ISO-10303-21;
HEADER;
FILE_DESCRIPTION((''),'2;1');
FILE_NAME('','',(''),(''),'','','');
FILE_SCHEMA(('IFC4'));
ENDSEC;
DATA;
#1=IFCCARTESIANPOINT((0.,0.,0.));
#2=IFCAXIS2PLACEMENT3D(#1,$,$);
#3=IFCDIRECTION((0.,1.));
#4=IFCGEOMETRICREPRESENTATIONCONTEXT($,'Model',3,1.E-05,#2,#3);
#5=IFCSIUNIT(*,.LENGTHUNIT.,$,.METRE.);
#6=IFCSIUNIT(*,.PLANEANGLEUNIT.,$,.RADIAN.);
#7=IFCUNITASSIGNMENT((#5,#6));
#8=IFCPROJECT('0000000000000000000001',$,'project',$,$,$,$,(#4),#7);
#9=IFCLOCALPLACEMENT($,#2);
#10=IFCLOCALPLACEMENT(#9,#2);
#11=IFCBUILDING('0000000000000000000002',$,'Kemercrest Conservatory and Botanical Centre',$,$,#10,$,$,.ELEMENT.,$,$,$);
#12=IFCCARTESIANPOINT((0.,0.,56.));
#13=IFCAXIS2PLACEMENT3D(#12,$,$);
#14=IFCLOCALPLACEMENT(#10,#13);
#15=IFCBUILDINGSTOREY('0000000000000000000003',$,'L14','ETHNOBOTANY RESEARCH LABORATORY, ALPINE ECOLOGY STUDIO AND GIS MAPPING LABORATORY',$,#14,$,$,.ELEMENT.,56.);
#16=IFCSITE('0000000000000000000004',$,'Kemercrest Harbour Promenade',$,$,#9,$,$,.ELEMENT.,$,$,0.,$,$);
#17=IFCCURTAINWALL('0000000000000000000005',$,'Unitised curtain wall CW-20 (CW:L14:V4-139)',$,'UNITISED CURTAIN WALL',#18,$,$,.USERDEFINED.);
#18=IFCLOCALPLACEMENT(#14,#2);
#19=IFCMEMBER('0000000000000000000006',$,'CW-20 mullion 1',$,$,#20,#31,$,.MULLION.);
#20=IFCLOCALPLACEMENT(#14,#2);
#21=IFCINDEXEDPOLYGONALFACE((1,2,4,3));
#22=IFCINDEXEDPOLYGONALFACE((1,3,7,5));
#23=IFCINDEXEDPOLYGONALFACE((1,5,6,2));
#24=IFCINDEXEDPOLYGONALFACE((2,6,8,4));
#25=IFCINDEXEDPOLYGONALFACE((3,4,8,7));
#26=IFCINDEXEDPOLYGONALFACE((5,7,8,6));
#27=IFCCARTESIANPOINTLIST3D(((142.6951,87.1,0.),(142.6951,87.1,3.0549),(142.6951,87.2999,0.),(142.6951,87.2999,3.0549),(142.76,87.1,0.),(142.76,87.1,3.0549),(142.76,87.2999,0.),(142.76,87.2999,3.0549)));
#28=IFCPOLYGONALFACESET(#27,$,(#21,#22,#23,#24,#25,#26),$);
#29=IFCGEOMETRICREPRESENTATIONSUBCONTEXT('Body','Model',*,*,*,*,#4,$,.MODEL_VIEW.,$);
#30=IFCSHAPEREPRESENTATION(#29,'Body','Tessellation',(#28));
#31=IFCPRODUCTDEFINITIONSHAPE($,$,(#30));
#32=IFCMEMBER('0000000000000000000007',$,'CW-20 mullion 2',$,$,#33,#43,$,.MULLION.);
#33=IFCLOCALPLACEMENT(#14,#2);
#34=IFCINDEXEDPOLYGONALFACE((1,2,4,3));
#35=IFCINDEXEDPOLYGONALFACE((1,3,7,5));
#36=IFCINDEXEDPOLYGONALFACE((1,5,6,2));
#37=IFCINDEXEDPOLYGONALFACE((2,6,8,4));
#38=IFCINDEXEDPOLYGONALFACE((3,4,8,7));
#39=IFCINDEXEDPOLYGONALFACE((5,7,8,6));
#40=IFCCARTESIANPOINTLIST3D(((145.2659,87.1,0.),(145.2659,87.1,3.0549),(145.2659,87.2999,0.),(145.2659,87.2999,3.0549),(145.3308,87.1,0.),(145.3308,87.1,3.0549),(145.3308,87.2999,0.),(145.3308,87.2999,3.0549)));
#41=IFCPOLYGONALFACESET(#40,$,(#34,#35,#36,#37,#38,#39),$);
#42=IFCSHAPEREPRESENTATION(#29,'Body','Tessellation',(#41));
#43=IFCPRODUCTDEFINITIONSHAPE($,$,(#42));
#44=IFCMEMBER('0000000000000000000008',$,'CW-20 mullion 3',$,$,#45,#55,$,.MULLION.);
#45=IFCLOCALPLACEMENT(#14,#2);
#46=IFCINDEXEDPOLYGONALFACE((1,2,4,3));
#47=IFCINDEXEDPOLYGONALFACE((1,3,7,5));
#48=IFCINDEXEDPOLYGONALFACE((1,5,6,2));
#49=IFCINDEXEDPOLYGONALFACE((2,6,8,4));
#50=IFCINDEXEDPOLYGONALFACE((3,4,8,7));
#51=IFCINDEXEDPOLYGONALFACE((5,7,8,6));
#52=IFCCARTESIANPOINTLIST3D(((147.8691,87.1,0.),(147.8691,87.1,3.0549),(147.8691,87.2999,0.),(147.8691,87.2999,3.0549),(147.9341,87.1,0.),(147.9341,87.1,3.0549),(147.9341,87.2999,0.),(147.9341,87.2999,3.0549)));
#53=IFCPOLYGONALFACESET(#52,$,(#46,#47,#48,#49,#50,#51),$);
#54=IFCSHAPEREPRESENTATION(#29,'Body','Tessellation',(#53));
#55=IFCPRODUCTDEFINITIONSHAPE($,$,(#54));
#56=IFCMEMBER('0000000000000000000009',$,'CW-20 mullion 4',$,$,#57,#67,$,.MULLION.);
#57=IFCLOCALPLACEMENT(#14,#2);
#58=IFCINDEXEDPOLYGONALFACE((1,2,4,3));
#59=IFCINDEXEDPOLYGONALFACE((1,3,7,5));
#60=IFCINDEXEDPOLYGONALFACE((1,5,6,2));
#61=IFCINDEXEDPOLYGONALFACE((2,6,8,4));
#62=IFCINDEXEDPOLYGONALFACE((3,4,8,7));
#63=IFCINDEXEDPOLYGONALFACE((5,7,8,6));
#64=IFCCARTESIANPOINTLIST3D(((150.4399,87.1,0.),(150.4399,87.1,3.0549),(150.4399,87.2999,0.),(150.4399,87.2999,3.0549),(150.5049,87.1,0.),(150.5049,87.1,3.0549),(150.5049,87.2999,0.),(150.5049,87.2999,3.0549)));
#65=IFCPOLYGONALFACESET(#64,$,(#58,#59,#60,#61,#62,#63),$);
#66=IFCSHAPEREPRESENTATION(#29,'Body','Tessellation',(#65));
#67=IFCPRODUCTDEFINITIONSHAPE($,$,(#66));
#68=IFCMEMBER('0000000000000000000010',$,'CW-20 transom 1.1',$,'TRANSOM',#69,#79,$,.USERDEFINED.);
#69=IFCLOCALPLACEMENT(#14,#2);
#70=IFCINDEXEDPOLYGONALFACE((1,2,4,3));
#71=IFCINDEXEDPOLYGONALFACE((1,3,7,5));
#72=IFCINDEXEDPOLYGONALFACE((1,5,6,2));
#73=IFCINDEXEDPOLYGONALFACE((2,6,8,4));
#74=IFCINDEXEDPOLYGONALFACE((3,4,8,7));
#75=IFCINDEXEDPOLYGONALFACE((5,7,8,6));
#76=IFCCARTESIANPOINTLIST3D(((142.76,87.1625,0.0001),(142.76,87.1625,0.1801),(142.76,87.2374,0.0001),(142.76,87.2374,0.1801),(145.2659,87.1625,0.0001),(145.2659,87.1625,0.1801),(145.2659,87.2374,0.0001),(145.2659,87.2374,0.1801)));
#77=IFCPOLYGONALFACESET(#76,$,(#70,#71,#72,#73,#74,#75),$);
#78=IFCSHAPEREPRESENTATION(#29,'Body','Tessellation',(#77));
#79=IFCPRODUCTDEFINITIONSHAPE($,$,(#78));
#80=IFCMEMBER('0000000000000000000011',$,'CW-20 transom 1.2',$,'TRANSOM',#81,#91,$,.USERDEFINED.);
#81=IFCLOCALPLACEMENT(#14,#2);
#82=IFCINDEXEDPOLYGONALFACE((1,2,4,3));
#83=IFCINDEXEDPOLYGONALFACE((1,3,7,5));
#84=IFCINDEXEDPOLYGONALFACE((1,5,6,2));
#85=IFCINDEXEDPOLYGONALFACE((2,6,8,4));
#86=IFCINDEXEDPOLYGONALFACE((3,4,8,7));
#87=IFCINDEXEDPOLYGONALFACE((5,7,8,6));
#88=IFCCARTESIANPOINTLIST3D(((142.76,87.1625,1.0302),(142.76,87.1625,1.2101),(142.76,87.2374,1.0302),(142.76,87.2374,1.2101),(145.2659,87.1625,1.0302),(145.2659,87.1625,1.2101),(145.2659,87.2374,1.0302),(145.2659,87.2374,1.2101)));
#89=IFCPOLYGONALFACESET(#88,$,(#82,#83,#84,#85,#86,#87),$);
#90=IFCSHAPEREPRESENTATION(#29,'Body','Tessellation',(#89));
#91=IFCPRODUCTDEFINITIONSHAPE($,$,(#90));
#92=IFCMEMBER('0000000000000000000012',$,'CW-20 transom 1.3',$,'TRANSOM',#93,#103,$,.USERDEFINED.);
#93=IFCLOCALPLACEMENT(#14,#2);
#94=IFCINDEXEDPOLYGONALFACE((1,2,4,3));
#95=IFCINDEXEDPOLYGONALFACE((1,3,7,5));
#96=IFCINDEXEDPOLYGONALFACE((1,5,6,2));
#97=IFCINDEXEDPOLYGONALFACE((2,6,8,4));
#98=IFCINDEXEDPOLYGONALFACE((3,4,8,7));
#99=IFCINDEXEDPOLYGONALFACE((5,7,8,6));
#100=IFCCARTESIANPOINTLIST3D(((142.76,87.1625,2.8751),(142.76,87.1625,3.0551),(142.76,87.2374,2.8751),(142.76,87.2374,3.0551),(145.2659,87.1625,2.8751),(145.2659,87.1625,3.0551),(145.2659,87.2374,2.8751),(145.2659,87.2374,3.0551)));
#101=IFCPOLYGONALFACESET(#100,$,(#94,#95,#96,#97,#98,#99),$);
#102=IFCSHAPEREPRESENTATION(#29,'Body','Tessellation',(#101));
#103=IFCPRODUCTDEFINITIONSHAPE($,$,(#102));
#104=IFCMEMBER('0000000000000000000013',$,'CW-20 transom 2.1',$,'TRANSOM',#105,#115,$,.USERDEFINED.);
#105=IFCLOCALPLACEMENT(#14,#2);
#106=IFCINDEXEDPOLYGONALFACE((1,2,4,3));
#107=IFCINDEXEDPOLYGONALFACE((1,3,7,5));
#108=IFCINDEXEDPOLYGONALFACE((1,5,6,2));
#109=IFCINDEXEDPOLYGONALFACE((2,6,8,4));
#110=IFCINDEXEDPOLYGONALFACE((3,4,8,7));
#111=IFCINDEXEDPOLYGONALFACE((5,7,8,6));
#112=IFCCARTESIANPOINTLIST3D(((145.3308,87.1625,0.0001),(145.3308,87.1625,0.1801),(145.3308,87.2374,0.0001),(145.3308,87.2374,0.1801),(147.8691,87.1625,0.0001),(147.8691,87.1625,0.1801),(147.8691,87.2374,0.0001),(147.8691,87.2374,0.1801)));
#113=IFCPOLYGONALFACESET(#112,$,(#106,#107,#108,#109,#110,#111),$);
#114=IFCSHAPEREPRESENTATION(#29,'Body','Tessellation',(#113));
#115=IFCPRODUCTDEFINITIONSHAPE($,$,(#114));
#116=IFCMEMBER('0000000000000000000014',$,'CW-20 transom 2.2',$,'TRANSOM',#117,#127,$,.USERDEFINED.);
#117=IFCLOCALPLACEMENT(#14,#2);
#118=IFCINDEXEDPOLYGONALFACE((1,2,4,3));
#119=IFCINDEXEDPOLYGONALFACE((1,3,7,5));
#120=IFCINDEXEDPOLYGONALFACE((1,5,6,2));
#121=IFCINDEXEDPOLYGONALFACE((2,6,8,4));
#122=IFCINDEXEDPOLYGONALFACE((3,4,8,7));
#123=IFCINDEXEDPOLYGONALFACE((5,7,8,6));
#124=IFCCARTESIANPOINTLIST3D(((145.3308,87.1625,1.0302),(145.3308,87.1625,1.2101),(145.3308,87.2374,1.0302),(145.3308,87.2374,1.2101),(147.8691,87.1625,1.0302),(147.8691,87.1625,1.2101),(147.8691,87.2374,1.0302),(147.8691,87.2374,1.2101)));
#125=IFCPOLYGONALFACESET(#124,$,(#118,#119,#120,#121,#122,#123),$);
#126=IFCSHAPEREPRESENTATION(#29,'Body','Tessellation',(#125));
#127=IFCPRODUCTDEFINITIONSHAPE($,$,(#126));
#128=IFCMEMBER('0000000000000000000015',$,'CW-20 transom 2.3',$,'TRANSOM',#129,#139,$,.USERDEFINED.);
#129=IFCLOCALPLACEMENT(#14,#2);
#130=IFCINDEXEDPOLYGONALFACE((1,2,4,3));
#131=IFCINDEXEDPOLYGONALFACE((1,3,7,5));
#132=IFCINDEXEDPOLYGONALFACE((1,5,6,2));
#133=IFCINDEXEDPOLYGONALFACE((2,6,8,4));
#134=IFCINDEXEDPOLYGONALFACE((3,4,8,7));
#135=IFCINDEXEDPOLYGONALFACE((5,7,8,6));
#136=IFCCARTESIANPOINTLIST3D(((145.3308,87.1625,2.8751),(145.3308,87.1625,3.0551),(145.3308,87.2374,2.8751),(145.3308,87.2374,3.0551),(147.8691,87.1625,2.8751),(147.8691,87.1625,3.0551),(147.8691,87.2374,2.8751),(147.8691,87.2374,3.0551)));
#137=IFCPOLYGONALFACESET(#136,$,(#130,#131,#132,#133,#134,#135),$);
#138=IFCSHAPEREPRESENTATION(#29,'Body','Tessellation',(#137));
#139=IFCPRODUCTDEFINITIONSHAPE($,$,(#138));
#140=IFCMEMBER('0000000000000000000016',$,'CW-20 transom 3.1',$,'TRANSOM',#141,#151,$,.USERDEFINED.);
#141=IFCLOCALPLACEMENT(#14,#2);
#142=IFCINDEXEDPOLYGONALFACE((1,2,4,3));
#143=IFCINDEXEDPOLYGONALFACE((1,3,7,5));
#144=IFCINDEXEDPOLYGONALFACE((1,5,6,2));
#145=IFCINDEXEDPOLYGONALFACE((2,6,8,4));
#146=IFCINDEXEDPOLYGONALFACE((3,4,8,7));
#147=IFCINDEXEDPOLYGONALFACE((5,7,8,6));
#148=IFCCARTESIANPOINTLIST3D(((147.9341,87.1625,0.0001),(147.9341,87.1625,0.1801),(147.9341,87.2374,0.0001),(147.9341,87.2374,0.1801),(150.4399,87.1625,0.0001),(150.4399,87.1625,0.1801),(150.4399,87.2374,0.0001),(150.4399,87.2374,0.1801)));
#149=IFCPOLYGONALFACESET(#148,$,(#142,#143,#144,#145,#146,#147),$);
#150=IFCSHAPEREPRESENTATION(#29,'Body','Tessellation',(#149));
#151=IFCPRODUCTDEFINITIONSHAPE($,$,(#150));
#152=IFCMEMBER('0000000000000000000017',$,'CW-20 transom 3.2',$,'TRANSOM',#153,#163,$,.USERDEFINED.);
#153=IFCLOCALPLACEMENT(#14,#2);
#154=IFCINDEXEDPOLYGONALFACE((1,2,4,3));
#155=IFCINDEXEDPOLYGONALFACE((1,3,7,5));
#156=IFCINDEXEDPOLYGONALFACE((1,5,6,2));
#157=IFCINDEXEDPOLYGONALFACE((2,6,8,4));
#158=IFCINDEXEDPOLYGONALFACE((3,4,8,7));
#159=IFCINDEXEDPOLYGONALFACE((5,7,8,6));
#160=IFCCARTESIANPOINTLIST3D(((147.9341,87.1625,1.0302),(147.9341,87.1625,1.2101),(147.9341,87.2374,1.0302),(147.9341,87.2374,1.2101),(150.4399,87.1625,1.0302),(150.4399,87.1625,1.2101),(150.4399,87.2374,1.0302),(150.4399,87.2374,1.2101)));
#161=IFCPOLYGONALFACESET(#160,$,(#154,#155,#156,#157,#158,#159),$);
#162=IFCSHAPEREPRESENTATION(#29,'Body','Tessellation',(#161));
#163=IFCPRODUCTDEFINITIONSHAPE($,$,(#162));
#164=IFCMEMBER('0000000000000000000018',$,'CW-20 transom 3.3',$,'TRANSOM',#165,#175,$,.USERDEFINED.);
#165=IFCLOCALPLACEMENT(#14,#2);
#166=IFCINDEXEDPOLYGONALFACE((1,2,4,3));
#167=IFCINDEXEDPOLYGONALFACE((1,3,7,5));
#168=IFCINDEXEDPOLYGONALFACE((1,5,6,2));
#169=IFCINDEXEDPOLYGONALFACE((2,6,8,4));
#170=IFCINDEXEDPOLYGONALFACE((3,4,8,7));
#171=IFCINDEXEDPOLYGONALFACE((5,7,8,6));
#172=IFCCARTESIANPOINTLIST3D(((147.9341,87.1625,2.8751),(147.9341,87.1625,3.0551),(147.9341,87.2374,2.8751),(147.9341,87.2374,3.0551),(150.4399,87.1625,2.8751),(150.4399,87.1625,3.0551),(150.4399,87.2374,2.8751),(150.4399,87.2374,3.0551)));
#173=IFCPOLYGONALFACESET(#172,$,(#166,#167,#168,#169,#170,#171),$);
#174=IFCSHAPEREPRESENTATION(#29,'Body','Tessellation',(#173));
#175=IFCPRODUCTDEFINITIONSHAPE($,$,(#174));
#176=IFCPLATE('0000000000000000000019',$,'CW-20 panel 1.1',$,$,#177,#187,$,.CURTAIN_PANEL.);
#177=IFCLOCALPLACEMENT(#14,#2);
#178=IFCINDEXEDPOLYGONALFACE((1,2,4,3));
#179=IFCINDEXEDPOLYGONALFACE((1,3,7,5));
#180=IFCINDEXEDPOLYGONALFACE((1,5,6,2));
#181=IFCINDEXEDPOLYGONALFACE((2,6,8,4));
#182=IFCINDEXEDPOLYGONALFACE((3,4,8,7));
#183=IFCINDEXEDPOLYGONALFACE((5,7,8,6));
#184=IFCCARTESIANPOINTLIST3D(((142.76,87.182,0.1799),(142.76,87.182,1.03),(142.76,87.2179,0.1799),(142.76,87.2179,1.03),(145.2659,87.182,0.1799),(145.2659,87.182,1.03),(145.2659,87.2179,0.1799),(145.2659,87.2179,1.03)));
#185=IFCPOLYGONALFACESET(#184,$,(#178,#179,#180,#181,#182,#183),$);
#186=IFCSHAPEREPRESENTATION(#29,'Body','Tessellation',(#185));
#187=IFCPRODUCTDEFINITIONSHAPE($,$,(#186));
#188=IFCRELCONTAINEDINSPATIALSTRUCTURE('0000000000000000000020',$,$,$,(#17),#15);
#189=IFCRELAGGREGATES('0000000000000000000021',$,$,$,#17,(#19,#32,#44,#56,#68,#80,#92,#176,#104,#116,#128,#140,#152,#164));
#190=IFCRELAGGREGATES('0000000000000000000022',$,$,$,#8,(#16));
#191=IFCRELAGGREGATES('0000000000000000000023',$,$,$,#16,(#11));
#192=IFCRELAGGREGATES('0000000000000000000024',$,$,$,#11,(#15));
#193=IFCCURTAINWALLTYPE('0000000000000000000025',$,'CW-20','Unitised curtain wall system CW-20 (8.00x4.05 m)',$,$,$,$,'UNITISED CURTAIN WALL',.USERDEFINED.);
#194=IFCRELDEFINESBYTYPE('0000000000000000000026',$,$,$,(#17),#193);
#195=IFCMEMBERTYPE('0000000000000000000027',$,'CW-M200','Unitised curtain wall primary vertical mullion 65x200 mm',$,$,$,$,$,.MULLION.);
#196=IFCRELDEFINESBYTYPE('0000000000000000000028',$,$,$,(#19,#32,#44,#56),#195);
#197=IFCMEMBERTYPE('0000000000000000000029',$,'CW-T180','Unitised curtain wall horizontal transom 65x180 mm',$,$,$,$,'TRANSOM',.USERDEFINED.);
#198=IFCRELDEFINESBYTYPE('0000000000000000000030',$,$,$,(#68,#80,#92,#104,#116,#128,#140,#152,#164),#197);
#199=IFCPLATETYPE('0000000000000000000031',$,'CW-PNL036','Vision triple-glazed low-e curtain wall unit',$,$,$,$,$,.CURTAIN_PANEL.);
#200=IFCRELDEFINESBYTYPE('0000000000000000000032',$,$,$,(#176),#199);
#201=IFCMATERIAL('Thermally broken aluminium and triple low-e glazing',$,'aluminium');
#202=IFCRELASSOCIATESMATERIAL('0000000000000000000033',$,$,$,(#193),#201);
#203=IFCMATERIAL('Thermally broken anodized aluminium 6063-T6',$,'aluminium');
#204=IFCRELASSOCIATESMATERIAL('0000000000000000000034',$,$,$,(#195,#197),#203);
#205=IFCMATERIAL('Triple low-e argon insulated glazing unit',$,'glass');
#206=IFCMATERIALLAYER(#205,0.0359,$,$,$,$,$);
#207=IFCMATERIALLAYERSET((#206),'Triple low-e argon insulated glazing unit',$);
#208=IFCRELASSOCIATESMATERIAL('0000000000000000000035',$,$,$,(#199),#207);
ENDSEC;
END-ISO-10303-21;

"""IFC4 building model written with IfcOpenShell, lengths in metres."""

from ifc_helpers import new_model, si_unit, direction, frame, origin, origin_2d, place, context, subcontext, project, spatial, rectangle, extrude, material, layer, layer_set, material_profile, profile_set, type_object, element, aggregate, save


model = new_model("IFC4")

# Units and contexts
model_context = context("Model", 3, precision=1e-05, world=origin(), true_north=direction((0.0, 1.0)))
body_context = subcontext(model_context, "Body", "Model", "MODEL_VIEW")
ifc_project = project(units=[si_unit("LENGTHUNIT", "METRE"), si_unit("PLANEANGLEUNIT", "RADIAN")], contexts=[model_context])

# Site, building, storey
site_placement = place(None, origin())
site = spatial("IfcSite", under=ifc_project, at=site_placement, Name="Kemercrest Harbour Promenade", CompositionType="ELEMENT", RefElevation=0.0)
building_placement = place(site_placement, origin())
building = spatial("IfcBuilding", under=site, at=building_placement, Name="Kemercrest Conservatory and Botanical Centre", CompositionType="ELEMENT")
storey_placement = place(building_placement, frame((0.0, 0.0, 56.0)))
storey = spatial("IfcBuildingStorey", under=building, at=storey_placement, Name="L14", Description="ETHNOBOTANY RESEARCH LABORATORY, ALPINE ECOLOGY STUDIO AND GIS MAPPING LABORATORY", CompositionType="ELEMENT", Elevation=56.0)

# Curtain wall, members, plate
ifc_material_1 = material(Name="Thermally broken aluminium and triple low-e glazing", Category="aluminium")
curtain_wall_type = type_object("IfcCurtainWallType", Name="CW-20", Description="Unitised curtain wall system CW-20 (8.00x4.05 m)", ElementType="UNITISED CURTAIN WALL", PredefinedType="USERDEFINED", material=ifc_material_1)
curtain_wall_placement = place(storey_placement, origin())
curtain_wall = element("IfcCurtainWall", 1, at=curtain_wall_placement, inside=storey, type_object=curtain_wall_type, Name="Unitised curtain wall CW-20 (CW:L14:V4-139)", ObjectType="UNITISED CURTAIN WALL", PredefinedType="USERDEFINED")
ifc_material_2 = material(Name="Thermally broken anodized aluminium 6063-T6", Category="aluminium")
ifc_material_profile_1 = material_profile(ifc_material_2, rectangle(XDim=0.2, YDim=0.0649, at=origin_2d()), Name="AL MULLION 65x200")
ifc_profile_set_1 = profile_set([ifc_material_profile_1], Name="Thermally broken anodized aluminium 6063-T6")
member_type_1 = type_object("IfcMemberType", Name="CW-M200", Description="Unitised curtain wall primary vertical mullion 65x200 mm", PredefinedType="MULLION", material=ifc_profile_set_1)
member_1_placement = place(storey_placement, frame((142.7275, 87.2, 0.0), z_axis=(0.0, 0.0, 1.0), x_axis=(0.0, 1.0, 0.0)))
member_1 = element("IfcMember", 2, at=member_1_placement, type_object=member_type_1, Name="CW-20 mullion 1", PredefinedType="MULLION", context=body_context, shape_type="SweptSolid", body=[
    extrude(rectangle(XDim=0.2, YDim=0.0649, at=origin_2d()), origin(), (0.0, 0.0, 1.0), 3.0549),
])
member_2_placement = place(storey_placement, frame((145.2983, 87.2, 0.0), z_axis=(0.0, 0.0, 1.0), x_axis=(0.0, 1.0, 0.0)))
member_2 = element("IfcMember", 3, at=member_2_placement, type_object=member_type_1, Name="CW-20 mullion 2", PredefinedType="MULLION", context=body_context, shape_type="SweptSolid", body=[
    extrude(rectangle(XDim=0.2, YDim=0.0649, at=origin_2d()), origin(), (0.0, 0.0, 1.0), 3.0549),
])
member_3_placement = place(storey_placement, frame((147.9016, 87.2, 0.0), z_axis=(0.0, 0.0, 1.0), x_axis=(0.0, 1.0, 0.0)))
member_3 = element("IfcMember", 4, at=member_3_placement, type_object=member_type_1, Name="CW-20 mullion 3", PredefinedType="MULLION", context=body_context, shape_type="SweptSolid", body=[
    extrude(rectangle(XDim=0.2, YDim=0.0649, at=origin_2d()), origin(), (0.0, 0.0, 1.0), 3.0549),
])
member_4_placement = place(storey_placement, frame((150.4724, 87.2, 0.0), z_axis=(0.0, 0.0, 1.0), x_axis=(0.0, 1.0, 0.0)))
member_4 = element("IfcMember", 5, at=member_4_placement, type_object=member_type_1, Name="CW-20 mullion 4", PredefinedType="MULLION", context=body_context, shape_type="SweptSolid", body=[
    extrude(rectangle(XDim=0.2, YDim=0.0649, at=origin_2d()), origin(), (0.0, 0.0, 1.0), 3.0549),
])
ifc_material_profile_2 = material_profile(ifc_material_2, rectangle(XDim=0.075, YDim=0.1799, at=origin_2d()), Name="AL TRANSOM 75x180")
ifc_profile_set_2 = profile_set([ifc_material_profile_2], Name="Thermally broken anodized aluminium 6063-T6")
member_type_2 = type_object("IfcMemberType", Name="CW-T180", Description="Unitised curtain wall horizontal transom 65x180 mm", ElementType="TRANSOM", PredefinedType="USERDEFINED", material=ifc_profile_set_2)
member_5_placement = place(storey_placement, frame((142.76, 87.2, 0.0901), z_axis=(1.0, 0.0, 0.0), x_axis=(0.0, 1.0, 0.0)))
member_5 = element("IfcMember", 6, at=member_5_placement, type_object=member_type_2, Name="CW-20 transom 1.1", ObjectType="TRANSOM", PredefinedType="USERDEFINED", context=body_context, shape_type="SweptSolid", body=[
    extrude(rectangle(XDim=0.075, YDim=0.1799, at=origin_2d()), origin(), (0.0, 0.0, 1.0), 2.5059),
])
member_6_placement = place(storey_placement, frame((142.76, 87.2, 1.1201), z_axis=(1.0, 0.0, 0.0), x_axis=(0.0, 1.0, 0.0)))
member_6 = element("IfcMember", 7, at=member_6_placement, type_object=member_type_2, Name="CW-20 transom 1.2", ObjectType="TRANSOM", PredefinedType="USERDEFINED", context=body_context, shape_type="SweptSolid", body=[
    extrude(rectangle(XDim=0.075, YDim=0.1799, at=origin_2d()), origin(), (0.0, 0.0, 1.0), 2.5059),
])
member_7_placement = place(storey_placement, frame((142.76, 87.2, 2.9651), z_axis=(1.0, 0.0, 0.0), x_axis=(0.0, 1.0, 0.0)))
member_7 = element("IfcMember", 8, at=member_7_placement, type_object=member_type_2, Name="CW-20 transom 1.3", ObjectType="TRANSOM", PredefinedType="USERDEFINED", context=body_context, shape_type="SweptSolid", body=[
    extrude(rectangle(XDim=0.075, YDim=0.1799, at=origin_2d()), origin(), (0.0, 0.0, 1.0), 2.5059),
])
member_8_placement = place(storey_placement, frame((145.3308, 87.2, 0.0901), z_axis=(1.0, 0.0, 0.0), x_axis=(0.0, 1.0, 0.0)))
member_8 = element("IfcMember", 9, at=member_8_placement, type_object=member_type_2, Name="CW-20 transom 2.1", ObjectType="TRANSOM", PredefinedType="USERDEFINED", context=body_context, shape_type="SweptSolid", body=[
    extrude(rectangle(XDim=0.075, YDim=0.1799, at=origin_2d()), origin(), (0.0, 0.0, 1.0), 2.5383),
])
member_9_placement = place(storey_placement, frame((145.3308, 87.2, 1.1201), z_axis=(1.0, 0.0, 0.0), x_axis=(0.0, 1.0, 0.0)))
member_9 = element("IfcMember", 10, at=member_9_placement, type_object=member_type_2, Name="CW-20 transom 2.2", ObjectType="TRANSOM", PredefinedType="USERDEFINED", context=body_context, shape_type="SweptSolid", body=[
    extrude(rectangle(XDim=0.075, YDim=0.1799, at=origin_2d()), origin(), (0.0, 0.0, 1.0), 2.5383),
])
member_10_placement = place(storey_placement, frame((145.3308, 87.2, 2.9651), z_axis=(1.0, 0.0, 0.0), x_axis=(0.0, 1.0, 0.0)))
member_10 = element("IfcMember", 11, at=member_10_placement, type_object=member_type_2, Name="CW-20 transom 2.3", ObjectType="TRANSOM", PredefinedType="USERDEFINED", context=body_context, shape_type="SweptSolid", body=[
    extrude(rectangle(XDim=0.075, YDim=0.1799, at=origin_2d()), origin(), (0.0, 0.0, 1.0), 2.5383),
])
member_11_placement = place(storey_placement, frame((147.9341, 87.2, 0.0901), z_axis=(1.0, 0.0, 0.0), x_axis=(0.0, 1.0, 0.0)))
member_11 = element("IfcMember", 12, at=member_11_placement, type_object=member_type_2, Name="CW-20 transom 3.1", ObjectType="TRANSOM", PredefinedType="USERDEFINED", context=body_context, shape_type="SweptSolid", body=[
    extrude(rectangle(XDim=0.075, YDim=0.1799, at=origin_2d()), origin(), (0.0, 0.0, 1.0), 2.5059),
])
member_12_placement = place(storey_placement, frame((147.9341, 87.2, 1.1201), z_axis=(1.0, 0.0, 0.0), x_axis=(0.0, 1.0, 0.0)))
member_12 = element("IfcMember", 13, at=member_12_placement, type_object=member_type_2, Name="CW-20 transom 3.2", ObjectType="TRANSOM", PredefinedType="USERDEFINED", context=body_context, shape_type="SweptSolid", body=[
    extrude(rectangle(XDim=0.075, YDim=0.1799, at=origin_2d()), origin(), (0.0, 0.0, 1.0), 2.5059),
])
member_13_placement = place(storey_placement, frame((147.9341, 87.2, 2.9651), z_axis=(1.0, 0.0, 0.0), x_axis=(0.0, 1.0, 0.0)))
member_13 = element("IfcMember", 14, at=member_13_placement, type_object=member_type_2, Name="CW-20 transom 3.3", ObjectType="TRANSOM", PredefinedType="USERDEFINED", context=body_context, shape_type="SweptSolid", body=[
    extrude(rectangle(XDim=0.075, YDim=0.1799, at=origin_2d()), origin(), (0.0, 0.0, 1.0), 2.5059),
])
ifc_material_3 = material(Name="Triple low-e argon insulated glazing unit", Category="glass")
ifc_layer = layer(ifc_material_3, 0.0359)
ifc_layer_set = layer_set([ifc_layer], Name="Triple low-e argon insulated glazing unit")
plate_type = type_object("IfcPlateType", Name="CW-PNL036", Description="Vision triple-glazed low-e curtain wall unit", PredefinedType="CURTAIN_PANEL", material=ifc_layer_set)
plate_1_placement = place(storey_placement, frame((144.0129, 87.2, 0.1799), z_axis=(0.0, 0.0, 1.0), x_axis=(1.0, 0.0, 0.0)))
plate_1 = element("IfcPlate", 15, at=plate_1_placement, type_object=plate_type, Name="CW-20 panel 1.1", PredefinedType="CURTAIN_PANEL", context=body_context, shape_type="SweptSolid", body=[
    extrude(rectangle(XDim=2.5059, YDim=0.0359, at=origin_2d()), origin(), (0.0, 0.0, 1.0), 0.8501),
])
aggregate(curtain_wall, [member_1, member_2, member_3, member_4, member_5, member_6, member_7, plate_1, member_8, member_9, member_10, member_11, member_12, member_13])

save(model, "model.ifc")
